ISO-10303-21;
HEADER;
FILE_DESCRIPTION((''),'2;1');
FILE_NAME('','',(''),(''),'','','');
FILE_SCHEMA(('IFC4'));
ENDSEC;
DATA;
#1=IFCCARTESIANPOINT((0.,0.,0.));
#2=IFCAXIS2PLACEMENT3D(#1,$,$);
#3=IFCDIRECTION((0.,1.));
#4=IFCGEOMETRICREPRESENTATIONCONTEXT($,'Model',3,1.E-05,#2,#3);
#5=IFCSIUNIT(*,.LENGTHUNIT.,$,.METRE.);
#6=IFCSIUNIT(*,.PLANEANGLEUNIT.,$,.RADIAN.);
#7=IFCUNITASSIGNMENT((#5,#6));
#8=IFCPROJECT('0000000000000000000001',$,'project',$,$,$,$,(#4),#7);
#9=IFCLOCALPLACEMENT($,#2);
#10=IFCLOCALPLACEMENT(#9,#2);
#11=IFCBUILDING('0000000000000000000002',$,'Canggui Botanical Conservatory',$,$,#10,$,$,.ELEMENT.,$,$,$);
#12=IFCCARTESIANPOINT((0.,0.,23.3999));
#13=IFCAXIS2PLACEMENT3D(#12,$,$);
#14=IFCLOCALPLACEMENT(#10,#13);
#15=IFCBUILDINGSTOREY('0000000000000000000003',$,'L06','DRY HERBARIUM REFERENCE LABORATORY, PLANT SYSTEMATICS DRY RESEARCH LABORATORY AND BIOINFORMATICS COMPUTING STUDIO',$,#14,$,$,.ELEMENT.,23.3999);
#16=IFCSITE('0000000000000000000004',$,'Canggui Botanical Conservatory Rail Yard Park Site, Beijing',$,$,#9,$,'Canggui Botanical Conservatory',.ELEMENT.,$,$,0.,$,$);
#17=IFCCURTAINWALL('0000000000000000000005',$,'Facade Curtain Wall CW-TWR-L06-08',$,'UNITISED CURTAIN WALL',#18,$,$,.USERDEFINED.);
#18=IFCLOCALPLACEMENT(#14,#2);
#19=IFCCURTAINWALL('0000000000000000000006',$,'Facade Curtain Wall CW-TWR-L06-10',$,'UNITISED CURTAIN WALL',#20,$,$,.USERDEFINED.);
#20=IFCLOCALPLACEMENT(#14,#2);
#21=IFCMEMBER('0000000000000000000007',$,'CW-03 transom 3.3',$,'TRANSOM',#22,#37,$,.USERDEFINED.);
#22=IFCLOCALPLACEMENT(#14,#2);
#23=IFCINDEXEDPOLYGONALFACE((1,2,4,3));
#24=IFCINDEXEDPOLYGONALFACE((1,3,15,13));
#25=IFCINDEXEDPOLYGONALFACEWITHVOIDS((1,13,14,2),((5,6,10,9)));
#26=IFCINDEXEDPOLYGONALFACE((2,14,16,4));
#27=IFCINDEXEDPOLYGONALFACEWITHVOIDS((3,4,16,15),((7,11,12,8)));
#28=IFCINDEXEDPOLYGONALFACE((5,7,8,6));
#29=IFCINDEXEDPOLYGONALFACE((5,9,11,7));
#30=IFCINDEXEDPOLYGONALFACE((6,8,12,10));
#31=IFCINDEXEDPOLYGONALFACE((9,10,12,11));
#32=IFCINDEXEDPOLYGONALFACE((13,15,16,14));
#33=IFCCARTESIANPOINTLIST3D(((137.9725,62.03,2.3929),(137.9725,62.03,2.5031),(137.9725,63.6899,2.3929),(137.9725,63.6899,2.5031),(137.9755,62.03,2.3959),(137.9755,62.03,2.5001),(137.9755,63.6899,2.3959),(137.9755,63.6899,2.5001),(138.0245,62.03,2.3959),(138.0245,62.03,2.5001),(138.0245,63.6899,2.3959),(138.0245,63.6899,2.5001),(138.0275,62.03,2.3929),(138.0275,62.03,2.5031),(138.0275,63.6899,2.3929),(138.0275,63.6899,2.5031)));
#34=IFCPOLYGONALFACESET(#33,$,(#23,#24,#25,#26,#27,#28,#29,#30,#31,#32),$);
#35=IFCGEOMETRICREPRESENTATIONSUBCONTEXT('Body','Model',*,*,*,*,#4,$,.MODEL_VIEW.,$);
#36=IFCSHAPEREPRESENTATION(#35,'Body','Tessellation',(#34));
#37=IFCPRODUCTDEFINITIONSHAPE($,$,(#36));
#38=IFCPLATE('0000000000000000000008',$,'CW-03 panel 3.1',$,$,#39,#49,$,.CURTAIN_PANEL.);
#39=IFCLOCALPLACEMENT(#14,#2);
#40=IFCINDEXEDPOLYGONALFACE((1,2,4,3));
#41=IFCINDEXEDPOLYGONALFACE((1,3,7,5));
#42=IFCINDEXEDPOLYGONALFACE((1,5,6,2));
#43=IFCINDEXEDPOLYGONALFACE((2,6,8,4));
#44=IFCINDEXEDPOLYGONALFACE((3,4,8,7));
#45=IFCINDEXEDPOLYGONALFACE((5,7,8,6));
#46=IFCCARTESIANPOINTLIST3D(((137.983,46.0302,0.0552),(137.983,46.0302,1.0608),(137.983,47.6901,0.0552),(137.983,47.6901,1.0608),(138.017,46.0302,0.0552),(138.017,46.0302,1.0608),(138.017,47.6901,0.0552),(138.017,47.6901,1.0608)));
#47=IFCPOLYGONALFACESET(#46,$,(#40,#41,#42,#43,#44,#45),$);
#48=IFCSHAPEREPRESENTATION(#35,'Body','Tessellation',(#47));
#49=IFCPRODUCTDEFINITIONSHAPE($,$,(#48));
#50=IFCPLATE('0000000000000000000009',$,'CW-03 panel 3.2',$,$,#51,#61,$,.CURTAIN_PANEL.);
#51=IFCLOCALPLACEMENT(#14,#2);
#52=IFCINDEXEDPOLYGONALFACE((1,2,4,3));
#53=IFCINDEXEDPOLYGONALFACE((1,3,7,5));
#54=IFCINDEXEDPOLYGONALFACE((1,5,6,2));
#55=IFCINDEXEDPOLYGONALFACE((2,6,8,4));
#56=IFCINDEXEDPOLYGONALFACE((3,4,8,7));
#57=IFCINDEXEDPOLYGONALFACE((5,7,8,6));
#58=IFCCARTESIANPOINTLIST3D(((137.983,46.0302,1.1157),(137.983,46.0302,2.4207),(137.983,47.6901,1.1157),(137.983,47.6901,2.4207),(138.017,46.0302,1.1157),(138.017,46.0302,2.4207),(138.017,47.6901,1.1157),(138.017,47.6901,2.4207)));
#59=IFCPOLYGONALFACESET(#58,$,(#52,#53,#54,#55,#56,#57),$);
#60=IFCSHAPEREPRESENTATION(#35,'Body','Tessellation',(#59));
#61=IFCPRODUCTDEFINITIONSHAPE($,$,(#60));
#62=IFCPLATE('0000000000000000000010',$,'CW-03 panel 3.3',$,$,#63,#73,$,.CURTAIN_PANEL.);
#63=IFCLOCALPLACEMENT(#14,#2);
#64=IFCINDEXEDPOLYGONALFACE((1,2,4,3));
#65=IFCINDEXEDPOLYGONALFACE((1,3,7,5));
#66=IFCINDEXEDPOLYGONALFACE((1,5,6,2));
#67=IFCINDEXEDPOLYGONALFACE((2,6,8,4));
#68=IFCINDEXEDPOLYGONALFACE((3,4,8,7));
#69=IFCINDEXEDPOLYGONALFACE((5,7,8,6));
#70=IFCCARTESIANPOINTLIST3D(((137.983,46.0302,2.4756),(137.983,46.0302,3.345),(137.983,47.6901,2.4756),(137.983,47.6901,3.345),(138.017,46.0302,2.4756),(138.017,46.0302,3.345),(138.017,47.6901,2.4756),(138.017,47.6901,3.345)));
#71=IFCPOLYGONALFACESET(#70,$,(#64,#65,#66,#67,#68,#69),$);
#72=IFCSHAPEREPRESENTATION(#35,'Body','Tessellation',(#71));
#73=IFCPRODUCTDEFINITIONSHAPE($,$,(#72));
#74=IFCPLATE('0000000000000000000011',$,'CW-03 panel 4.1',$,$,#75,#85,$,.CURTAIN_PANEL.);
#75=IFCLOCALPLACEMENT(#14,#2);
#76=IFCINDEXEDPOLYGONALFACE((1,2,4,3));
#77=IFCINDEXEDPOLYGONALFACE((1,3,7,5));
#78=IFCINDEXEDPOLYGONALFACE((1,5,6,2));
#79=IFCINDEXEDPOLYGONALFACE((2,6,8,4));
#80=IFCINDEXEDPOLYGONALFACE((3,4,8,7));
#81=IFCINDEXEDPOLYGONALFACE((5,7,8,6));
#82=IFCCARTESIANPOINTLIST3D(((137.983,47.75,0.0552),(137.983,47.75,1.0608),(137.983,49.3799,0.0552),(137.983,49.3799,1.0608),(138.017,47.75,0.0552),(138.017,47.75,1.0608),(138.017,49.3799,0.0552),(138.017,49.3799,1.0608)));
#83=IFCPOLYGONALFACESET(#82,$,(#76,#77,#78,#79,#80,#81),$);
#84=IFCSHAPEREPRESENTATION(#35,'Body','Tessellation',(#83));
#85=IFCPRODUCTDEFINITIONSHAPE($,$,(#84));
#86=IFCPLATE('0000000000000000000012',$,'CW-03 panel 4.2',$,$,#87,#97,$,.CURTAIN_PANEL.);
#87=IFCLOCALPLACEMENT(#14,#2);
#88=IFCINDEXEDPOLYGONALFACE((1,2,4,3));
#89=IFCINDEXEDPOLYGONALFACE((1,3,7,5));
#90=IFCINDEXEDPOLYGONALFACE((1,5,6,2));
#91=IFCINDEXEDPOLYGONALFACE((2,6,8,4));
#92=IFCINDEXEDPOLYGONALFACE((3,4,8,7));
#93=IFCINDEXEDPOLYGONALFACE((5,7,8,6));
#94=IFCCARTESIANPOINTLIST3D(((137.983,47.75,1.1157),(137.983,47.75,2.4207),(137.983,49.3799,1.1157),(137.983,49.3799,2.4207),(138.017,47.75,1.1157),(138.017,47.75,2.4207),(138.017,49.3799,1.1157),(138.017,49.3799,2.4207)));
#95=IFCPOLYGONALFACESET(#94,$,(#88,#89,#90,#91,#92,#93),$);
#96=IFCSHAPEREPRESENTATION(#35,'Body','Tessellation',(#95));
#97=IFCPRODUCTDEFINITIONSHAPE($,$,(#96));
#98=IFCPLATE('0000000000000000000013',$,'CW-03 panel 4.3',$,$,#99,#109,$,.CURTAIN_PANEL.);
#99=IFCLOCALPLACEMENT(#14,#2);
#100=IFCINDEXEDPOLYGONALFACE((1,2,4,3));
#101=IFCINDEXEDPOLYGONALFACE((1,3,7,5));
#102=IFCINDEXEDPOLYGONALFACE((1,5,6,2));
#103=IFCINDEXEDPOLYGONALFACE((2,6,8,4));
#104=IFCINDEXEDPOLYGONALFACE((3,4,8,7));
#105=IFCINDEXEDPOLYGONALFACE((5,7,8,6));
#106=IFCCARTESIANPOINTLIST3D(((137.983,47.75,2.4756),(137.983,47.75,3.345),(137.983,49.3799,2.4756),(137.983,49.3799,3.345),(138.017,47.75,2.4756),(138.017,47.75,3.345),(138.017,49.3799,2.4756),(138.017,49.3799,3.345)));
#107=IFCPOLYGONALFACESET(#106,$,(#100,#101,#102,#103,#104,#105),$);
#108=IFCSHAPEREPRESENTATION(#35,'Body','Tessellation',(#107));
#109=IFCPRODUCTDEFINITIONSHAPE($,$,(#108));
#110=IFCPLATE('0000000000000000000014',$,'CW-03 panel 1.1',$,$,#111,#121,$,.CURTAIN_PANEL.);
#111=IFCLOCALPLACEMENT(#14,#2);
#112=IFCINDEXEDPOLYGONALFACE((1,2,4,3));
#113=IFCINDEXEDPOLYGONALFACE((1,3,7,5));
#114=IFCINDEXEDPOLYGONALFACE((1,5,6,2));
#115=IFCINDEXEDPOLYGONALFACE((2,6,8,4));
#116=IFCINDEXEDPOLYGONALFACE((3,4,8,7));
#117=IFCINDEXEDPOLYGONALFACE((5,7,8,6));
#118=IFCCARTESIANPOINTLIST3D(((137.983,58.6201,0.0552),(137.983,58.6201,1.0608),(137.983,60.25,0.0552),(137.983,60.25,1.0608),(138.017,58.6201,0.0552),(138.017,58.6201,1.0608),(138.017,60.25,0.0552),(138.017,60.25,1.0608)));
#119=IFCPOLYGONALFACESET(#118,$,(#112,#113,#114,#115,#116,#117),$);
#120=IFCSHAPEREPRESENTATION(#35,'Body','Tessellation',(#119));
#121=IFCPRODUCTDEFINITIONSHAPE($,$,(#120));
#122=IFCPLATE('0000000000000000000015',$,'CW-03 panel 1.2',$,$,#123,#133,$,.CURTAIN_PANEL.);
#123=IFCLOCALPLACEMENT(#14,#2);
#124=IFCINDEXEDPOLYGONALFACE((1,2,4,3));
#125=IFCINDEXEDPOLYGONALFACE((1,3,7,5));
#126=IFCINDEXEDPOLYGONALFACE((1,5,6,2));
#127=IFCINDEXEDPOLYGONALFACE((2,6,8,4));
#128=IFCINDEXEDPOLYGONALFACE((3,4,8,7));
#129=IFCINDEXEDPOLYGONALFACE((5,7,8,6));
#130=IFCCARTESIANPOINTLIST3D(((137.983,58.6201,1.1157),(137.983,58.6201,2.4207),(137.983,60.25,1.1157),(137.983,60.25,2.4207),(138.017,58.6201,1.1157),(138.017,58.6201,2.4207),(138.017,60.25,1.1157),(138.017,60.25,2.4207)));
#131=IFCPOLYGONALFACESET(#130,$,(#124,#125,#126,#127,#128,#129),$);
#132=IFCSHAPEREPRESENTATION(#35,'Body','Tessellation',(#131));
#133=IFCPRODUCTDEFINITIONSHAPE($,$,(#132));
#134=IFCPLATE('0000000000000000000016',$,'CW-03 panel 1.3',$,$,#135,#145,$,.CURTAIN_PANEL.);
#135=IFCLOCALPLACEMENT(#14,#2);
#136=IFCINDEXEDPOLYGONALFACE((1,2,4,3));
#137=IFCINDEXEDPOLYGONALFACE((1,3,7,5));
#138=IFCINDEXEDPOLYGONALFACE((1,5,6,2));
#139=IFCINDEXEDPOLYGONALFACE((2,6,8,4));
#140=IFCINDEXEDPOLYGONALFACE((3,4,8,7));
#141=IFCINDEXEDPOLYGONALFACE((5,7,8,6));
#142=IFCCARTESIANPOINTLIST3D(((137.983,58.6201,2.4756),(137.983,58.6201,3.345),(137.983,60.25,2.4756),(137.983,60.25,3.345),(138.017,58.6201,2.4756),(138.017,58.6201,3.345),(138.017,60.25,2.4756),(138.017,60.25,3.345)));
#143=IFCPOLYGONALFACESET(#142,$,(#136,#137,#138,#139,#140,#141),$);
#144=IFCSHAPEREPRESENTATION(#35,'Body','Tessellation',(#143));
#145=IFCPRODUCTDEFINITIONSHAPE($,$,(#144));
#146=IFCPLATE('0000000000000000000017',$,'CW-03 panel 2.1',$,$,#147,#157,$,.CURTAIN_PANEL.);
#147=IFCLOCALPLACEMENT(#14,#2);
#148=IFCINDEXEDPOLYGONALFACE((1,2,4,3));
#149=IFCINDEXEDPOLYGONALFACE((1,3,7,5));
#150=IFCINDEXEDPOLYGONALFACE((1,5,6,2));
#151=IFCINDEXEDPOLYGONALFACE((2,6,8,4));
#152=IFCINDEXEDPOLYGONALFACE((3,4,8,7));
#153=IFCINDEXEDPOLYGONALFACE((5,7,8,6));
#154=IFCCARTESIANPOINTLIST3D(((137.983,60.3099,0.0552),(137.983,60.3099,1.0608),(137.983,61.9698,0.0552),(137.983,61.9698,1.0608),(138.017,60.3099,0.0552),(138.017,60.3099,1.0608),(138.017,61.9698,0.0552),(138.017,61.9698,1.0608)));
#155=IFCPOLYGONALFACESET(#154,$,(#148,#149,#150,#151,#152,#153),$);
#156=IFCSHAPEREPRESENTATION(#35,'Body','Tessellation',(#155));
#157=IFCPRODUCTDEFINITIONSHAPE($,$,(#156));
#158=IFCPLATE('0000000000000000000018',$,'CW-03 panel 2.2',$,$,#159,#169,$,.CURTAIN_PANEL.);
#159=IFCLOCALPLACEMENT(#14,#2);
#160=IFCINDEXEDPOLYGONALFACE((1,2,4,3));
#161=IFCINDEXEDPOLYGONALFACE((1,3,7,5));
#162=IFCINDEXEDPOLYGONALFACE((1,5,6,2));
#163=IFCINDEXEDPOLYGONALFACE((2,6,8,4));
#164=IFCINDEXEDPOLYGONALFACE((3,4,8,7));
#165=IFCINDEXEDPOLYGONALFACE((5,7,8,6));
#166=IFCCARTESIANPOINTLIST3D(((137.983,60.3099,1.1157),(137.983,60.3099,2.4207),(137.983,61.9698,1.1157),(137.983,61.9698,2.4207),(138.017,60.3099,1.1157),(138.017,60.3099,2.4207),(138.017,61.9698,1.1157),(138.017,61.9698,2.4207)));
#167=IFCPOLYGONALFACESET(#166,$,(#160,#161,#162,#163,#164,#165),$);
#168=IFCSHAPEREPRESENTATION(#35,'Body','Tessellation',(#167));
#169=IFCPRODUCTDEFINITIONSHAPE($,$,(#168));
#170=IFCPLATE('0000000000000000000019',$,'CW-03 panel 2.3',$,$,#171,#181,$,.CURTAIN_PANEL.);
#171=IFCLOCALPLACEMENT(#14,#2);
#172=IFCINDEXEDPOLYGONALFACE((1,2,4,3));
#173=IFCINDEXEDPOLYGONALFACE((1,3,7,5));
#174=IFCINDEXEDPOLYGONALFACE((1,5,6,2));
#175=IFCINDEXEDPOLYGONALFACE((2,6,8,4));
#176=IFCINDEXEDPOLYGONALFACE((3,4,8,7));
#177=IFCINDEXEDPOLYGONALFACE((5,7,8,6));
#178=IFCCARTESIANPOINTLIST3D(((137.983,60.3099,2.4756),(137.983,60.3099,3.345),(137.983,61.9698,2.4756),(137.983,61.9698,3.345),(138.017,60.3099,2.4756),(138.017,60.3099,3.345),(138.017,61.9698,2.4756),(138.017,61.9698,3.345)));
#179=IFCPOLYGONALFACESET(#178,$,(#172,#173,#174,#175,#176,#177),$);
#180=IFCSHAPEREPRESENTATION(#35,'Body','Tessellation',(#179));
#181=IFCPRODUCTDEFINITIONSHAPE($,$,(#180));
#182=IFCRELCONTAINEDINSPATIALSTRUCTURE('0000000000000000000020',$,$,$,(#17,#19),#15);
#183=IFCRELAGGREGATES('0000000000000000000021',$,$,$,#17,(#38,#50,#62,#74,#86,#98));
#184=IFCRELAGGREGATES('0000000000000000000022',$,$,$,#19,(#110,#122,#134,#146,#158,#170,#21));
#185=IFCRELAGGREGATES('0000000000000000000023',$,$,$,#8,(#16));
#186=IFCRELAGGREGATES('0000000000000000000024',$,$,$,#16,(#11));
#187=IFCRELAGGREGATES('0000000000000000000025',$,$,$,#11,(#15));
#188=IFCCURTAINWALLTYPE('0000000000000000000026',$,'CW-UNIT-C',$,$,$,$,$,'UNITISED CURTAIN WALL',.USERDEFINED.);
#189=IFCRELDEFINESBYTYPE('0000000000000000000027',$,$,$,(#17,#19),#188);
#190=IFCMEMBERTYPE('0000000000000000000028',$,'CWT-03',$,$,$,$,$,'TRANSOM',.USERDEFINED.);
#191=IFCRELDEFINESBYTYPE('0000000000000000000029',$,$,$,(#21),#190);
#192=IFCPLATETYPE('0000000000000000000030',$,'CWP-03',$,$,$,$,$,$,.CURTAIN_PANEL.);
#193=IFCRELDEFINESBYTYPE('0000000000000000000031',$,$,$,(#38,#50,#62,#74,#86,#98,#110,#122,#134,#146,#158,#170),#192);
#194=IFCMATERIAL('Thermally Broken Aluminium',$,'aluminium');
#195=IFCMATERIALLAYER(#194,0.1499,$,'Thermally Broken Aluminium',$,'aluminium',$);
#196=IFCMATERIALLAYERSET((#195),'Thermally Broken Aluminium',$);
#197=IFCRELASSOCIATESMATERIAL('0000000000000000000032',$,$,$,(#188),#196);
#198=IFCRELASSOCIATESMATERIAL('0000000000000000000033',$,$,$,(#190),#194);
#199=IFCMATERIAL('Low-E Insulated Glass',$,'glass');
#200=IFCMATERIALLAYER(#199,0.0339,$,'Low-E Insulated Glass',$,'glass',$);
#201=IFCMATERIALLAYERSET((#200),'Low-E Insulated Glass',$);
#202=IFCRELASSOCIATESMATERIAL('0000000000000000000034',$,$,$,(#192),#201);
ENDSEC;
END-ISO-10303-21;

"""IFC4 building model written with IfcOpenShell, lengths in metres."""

from ifc_helpers import new_model, si_unit, direction, frame, origin, origin_2d, place, context, subcontext, project, spatial, rectangle, hollow_rectangle, extrude, material, layer, layer_set, material_profile, profile_set, type_object, element, aggregate, save


model = new_model("IFC4")

# Units and contexts
model_context = context("Model", 3, precision=1e-05, world=origin(), true_north=direction((0.0, 1.0)))
body_context = subcontext(model_context, "Body", "Model", "MODEL_VIEW")
ifc_project = project(units=[si_unit("LENGTHUNIT", "METRE"), si_unit("PLANEANGLEUNIT", "RADIAN")], contexts=[model_context])

# Site, building, storey
site_placement = place(None, origin())
site = spatial("IfcSite", under=ifc_project, at=site_placement, Name="Canggui Botanical Conservatory Rail Yard Park Site, Beijing", LongName="Canggui Botanical Conservatory", CompositionType="ELEMENT", RefElevation=0.0)
building_placement = place(site_placement, origin())
building = spatial("IfcBuilding", under=site, at=building_placement, Name="Canggui Botanical Conservatory", CompositionType="ELEMENT")
storey_placement = place(building_placement, frame((0.0, 0.0, 23.3999)))
storey = spatial("IfcBuildingStorey", under=building, at=storey_placement, Name="L06", Description="DRY HERBARIUM REFERENCE LABORATORY, PLANT SYSTEMATICS DRY RESEARCH LABORATORY AND BIOINFORMATICS COMPUTING STUDIO", CompositionType="ELEMENT", Elevation=23.3999)

# Curtain walls
ifc_material_1 = material(Name="Thermally Broken Aluminium", Category="aluminium")
ifc_layer_1 = layer(ifc_material_1, 0.1499, Name="Thermally Broken Aluminium", Category="aluminium")
ifc_layer_set_1 = layer_set([ifc_layer_1], Name="Thermally Broken Aluminium")
curtain_wall_type = type_object("IfcCurtainWallType", Name="CW-UNIT-C", ElementType="UNITISED CURTAIN WALL", PredefinedType="USERDEFINED", material=ifc_layer_set_1)
curtain_wall_1_placement = place(storey_placement, origin())
curtain_wall_1 = element("IfcCurtainWall", 1, at=curtain_wall_1_placement, inside=storey, type_object=curtain_wall_type, Name="Facade Curtain Wall CW-TWR-L06-08", ObjectType="UNITISED CURTAIN WALL", PredefinedType="USERDEFINED")
curtain_wall_2_placement = place(storey_placement, origin())
curtain_wall_2 = element("IfcCurtainWall", 2, at=curtain_wall_2_placement, inside=storey, type_object=curtain_wall_type, Name="Facade Curtain Wall CW-TWR-L06-10", ObjectType="UNITISED CURTAIN WALL", PredefinedType="USERDEFINED")

# Member
ifc_material_profile_1 = material_profile(ifc_material_1, hollow_rectangle(XDim=0.0549, YDim=0.1101, WallThickness=0.0029, at=origin_2d()), Name="CWT 55x110x3")
ifc_profile_set_1 = profile_set([ifc_material_profile_1], Name="Thermally Broken Aluminium")
member_type_1 = type_object("IfcMemberType", Name="CWT-03", ElementType="TRANSOM", PredefinedType="USERDEFINED", material=ifc_profile_set_1)
member_1_placement = place(storey_placement, frame((138.0, 62.03, 2.448), z_axis=(0.0, 1.0, 0.0), x_axis=(-1.0, 0.0, 0.0)))
member_1 = element("IfcMember", 3, at=member_1_placement, type_object=member_type_1, Name="CW-03 transom 3.3", ObjectType="TRANSOM", PredefinedType="USERDEFINED", context=body_context, shape_type="SweptSolid", body=[
    extrude(hollow_rectangle(XDim=0.0549, YDim=0.1101, WallThickness=0.0029, at=origin_2d()), origin(), (0.0, 0.0, 1.0), 1.6599),
])

# Plates
ifc_material_2 = material(Name="Low-E Insulated Glass", Category="glass")
ifc_layer_2 = layer(ifc_material_2, 0.0339, Name="Low-E Insulated Glass", Category="glass")
ifc_layer_set_2 = layer_set([ifc_layer_2], Name="Low-E Insulated Glass")
plate_type = type_object("IfcPlateType", Name="CWP-03", PredefinedType="CURTAIN_PANEL", material=ifc_layer_set_2)
plate_1_placement = place(storey_placement, frame((138.0, 46.8601, 0.0552), z_axis=(0.0, 0.0, 1.0), x_axis=(0.0, 1.0, 0.0)))
plate_1 = element("IfcPlate", 4, at=plate_1_placement, type_object=plate_type, Name="CW-03 panel 3.1", PredefinedType="CURTAIN_PANEL", context=body_context, shape_type="SweptSolid", body=[
    extrude(rectangle(XDim=1.6599, YDim=0.0339, at=origin_2d()), origin(), (0.0, 0.0, 1.0), 1.0056),
])
plate_2_placement = place(storey_placement, frame((138.0, 46.8601, 1.1157), z_axis=(0.0, 0.0, 1.0), x_axis=(0.0, 1.0, 0.0)))
plate_2 = element("IfcPlate", 5, at=plate_2_placement, type_object=plate_type, Name="CW-03 panel 3.2", PredefinedType="CURTAIN_PANEL", context=body_context, shape_type="SweptSolid", body=[
    extrude(rectangle(XDim=1.6599, YDim=0.0339, at=origin_2d()), origin(), (0.0, 0.0, 1.0), 1.3049),
])
plate_3_placement = place(storey_placement, frame((138.0, 46.8601, 2.4756), z_axis=(0.0, 0.0, 1.0), x_axis=(0.0, 1.0, 0.0)))
plate_3 = element("IfcPlate", 6, at=plate_3_placement, type_object=plate_type, Name="CW-03 panel 3.3", PredefinedType="CURTAIN_PANEL", context=body_context, shape_type="SweptSolid", body=[
    extrude(rectangle(XDim=1.6599, YDim=0.0339, at=origin_2d()), origin(), (0.0, 0.0, 1.0), 0.8694),
])
plate_4_placement = place(storey_placement, frame((138.0, 48.5649, 0.0552), z_axis=(0.0, 0.0, 1.0), x_axis=(0.0, 1.0, 0.0)))
plate_4 = element("IfcPlate", 7, at=plate_4_placement, type_object=plate_type, Name="CW-03 panel 4.1", PredefinedType="CURTAIN_PANEL", context=body_context, shape_type="SweptSolid", body=[
    extrude(rectangle(XDim=1.6299, YDim=0.0339, at=origin_2d()), origin(), (0.0, 0.0, 1.0), 1.0056),
])
plate_5_placement = place(storey_placement, frame((138.0, 48.5649, 1.1157), z_axis=(0.0, 0.0, 1.0), x_axis=(0.0, 1.0, 0.0)))
plate_5 = element("IfcPlate", 8, at=plate_5_placement, type_object=plate_type, Name="CW-03 panel 4.2", PredefinedType="CURTAIN_PANEL", context=body_context, shape_type="SweptSolid", body=[
    extrude(rectangle(XDim=1.6299, YDim=0.0339, at=origin_2d()), origin(), (0.0, 0.0, 1.0), 1.3049),
])
plate_6_placement = place(storey_placement, frame((138.0, 48.5649, 2.4756), z_axis=(0.0, 0.0, 1.0), x_axis=(0.0, 1.0, 0.0)))
plate_6 = element("IfcPlate", 9, at=plate_6_placement, type_object=plate_type, Name="CW-03 panel 4.3", PredefinedType="CURTAIN_PANEL", context=body_context, shape_type="SweptSolid", body=[
    extrude(rectangle(XDim=1.6299, YDim=0.0339, at=origin_2d()), origin(), (0.0, 0.0, 1.0), 0.8694),
])
aggregate(curtain_wall_1, [plate_1, plate_2, plate_3, plate_4, plate_5, plate_6])
plate_7_placement = place(storey_placement, frame((138.0, 59.4351, 0.0552), z_axis=(0.0, 0.0, 1.0), x_axis=(0.0, 1.0, 0.0)))
plate_7 = element("IfcPlate", 10, at=plate_7_placement, type_object=plate_type, Name="CW-03 panel 1.1", PredefinedType="CURTAIN_PANEL", context=body_context, shape_type="SweptSolid", body=[
    extrude(rectangle(XDim=1.6299, YDim=0.0339, at=origin_2d()), origin(), (0.0, 0.0, 1.0), 1.0056),
])
plate_8_placement = place(storey_placement, frame((138.0, 59.4351, 1.1157), z_axis=(0.0, 0.0, 1.0), x_axis=(0.0, 1.0, 0.0)))
plate_8 = element("IfcPlate", 11, at=plate_8_placement, type_object=plate_type, Name="CW-03 panel 1.2", PredefinedType="CURTAIN_PANEL", context=body_context, shape_type="SweptSolid", body=[
    extrude(rectangle(XDim=1.6299, YDim=0.0339, at=origin_2d()), origin(), (0.0, 0.0, 1.0), 1.3049),
])
plate_9_placement = place(storey_placement, frame((138.0, 59.4351, 2.4756), z_axis=(0.0, 0.0, 1.0), x_axis=(0.0, 1.0, 0.0)))
plate_9 = element("IfcPlate", 12, at=plate_9_placement, type_object=plate_type, Name="CW-03 panel 1.3", PredefinedType="CURTAIN_PANEL", context=body_context, shape_type="SweptSolid", body=[
    extrude(rectangle(XDim=1.6299, YDim=0.0339, at=origin_2d()), origin(), (0.0, 0.0, 1.0), 0.8694),
])
plate_10_placement = place(storey_placement, frame((138.0, 61.1399, 0.0552), z_axis=(0.0, 0.0, 1.0), x_axis=(0.0, 1.0, 0.0)))
plate_10 = element("IfcPlate", 13, at=plate_10_placement, type_object=plate_type, Name="CW-03 panel 2.1", PredefinedType="CURTAIN_PANEL", context=body_context, shape_type="SweptSolid", body=[
    extrude(rectangle(XDim=1.6599, YDim=0.0339, at=origin_2d()), origin(), (0.0, 0.0, 1.0), 1.0056),
])
plate_11_placement = place(storey_placement, frame((138.0, 61.1399, 1.1157), z_axis=(0.0, 0.0, 1.0), x_axis=(0.0, 1.0, 0.0)))
plate_11 = element("IfcPlate", 14, at=plate_11_placement, type_object=plate_type, Name="CW-03 panel 2.2", PredefinedType="CURTAIN_PANEL", context=body_context, shape_type="SweptSolid", body=[
    extrude(rectangle(XDim=1.6599, YDim=0.0339, at=origin_2d()), origin(), (0.0, 0.0, 1.0), 1.3049),
])
plate_12_placement = place(storey_placement, frame((138.0, 61.1399, 2.4756), z_axis=(0.0, 0.0, 1.0), x_axis=(0.0, 1.0, 0.0)))
plate_12 = element("IfcPlate", 15, at=plate_12_placement, type_object=plate_type, Name="CW-03 panel 2.3", PredefinedType="CURTAIN_PANEL", context=body_context, shape_type="SweptSolid", body=[
    extrude(rectangle(XDim=1.6599, YDim=0.0339, at=origin_2d()), origin(), (0.0, 0.0, 1.0), 0.8694),
])
aggregate(curtain_wall_2, [plate_7, plate_8, plate_9, plate_10, plate_11, plate_12, member_1])

save(model, "model.ifc")
